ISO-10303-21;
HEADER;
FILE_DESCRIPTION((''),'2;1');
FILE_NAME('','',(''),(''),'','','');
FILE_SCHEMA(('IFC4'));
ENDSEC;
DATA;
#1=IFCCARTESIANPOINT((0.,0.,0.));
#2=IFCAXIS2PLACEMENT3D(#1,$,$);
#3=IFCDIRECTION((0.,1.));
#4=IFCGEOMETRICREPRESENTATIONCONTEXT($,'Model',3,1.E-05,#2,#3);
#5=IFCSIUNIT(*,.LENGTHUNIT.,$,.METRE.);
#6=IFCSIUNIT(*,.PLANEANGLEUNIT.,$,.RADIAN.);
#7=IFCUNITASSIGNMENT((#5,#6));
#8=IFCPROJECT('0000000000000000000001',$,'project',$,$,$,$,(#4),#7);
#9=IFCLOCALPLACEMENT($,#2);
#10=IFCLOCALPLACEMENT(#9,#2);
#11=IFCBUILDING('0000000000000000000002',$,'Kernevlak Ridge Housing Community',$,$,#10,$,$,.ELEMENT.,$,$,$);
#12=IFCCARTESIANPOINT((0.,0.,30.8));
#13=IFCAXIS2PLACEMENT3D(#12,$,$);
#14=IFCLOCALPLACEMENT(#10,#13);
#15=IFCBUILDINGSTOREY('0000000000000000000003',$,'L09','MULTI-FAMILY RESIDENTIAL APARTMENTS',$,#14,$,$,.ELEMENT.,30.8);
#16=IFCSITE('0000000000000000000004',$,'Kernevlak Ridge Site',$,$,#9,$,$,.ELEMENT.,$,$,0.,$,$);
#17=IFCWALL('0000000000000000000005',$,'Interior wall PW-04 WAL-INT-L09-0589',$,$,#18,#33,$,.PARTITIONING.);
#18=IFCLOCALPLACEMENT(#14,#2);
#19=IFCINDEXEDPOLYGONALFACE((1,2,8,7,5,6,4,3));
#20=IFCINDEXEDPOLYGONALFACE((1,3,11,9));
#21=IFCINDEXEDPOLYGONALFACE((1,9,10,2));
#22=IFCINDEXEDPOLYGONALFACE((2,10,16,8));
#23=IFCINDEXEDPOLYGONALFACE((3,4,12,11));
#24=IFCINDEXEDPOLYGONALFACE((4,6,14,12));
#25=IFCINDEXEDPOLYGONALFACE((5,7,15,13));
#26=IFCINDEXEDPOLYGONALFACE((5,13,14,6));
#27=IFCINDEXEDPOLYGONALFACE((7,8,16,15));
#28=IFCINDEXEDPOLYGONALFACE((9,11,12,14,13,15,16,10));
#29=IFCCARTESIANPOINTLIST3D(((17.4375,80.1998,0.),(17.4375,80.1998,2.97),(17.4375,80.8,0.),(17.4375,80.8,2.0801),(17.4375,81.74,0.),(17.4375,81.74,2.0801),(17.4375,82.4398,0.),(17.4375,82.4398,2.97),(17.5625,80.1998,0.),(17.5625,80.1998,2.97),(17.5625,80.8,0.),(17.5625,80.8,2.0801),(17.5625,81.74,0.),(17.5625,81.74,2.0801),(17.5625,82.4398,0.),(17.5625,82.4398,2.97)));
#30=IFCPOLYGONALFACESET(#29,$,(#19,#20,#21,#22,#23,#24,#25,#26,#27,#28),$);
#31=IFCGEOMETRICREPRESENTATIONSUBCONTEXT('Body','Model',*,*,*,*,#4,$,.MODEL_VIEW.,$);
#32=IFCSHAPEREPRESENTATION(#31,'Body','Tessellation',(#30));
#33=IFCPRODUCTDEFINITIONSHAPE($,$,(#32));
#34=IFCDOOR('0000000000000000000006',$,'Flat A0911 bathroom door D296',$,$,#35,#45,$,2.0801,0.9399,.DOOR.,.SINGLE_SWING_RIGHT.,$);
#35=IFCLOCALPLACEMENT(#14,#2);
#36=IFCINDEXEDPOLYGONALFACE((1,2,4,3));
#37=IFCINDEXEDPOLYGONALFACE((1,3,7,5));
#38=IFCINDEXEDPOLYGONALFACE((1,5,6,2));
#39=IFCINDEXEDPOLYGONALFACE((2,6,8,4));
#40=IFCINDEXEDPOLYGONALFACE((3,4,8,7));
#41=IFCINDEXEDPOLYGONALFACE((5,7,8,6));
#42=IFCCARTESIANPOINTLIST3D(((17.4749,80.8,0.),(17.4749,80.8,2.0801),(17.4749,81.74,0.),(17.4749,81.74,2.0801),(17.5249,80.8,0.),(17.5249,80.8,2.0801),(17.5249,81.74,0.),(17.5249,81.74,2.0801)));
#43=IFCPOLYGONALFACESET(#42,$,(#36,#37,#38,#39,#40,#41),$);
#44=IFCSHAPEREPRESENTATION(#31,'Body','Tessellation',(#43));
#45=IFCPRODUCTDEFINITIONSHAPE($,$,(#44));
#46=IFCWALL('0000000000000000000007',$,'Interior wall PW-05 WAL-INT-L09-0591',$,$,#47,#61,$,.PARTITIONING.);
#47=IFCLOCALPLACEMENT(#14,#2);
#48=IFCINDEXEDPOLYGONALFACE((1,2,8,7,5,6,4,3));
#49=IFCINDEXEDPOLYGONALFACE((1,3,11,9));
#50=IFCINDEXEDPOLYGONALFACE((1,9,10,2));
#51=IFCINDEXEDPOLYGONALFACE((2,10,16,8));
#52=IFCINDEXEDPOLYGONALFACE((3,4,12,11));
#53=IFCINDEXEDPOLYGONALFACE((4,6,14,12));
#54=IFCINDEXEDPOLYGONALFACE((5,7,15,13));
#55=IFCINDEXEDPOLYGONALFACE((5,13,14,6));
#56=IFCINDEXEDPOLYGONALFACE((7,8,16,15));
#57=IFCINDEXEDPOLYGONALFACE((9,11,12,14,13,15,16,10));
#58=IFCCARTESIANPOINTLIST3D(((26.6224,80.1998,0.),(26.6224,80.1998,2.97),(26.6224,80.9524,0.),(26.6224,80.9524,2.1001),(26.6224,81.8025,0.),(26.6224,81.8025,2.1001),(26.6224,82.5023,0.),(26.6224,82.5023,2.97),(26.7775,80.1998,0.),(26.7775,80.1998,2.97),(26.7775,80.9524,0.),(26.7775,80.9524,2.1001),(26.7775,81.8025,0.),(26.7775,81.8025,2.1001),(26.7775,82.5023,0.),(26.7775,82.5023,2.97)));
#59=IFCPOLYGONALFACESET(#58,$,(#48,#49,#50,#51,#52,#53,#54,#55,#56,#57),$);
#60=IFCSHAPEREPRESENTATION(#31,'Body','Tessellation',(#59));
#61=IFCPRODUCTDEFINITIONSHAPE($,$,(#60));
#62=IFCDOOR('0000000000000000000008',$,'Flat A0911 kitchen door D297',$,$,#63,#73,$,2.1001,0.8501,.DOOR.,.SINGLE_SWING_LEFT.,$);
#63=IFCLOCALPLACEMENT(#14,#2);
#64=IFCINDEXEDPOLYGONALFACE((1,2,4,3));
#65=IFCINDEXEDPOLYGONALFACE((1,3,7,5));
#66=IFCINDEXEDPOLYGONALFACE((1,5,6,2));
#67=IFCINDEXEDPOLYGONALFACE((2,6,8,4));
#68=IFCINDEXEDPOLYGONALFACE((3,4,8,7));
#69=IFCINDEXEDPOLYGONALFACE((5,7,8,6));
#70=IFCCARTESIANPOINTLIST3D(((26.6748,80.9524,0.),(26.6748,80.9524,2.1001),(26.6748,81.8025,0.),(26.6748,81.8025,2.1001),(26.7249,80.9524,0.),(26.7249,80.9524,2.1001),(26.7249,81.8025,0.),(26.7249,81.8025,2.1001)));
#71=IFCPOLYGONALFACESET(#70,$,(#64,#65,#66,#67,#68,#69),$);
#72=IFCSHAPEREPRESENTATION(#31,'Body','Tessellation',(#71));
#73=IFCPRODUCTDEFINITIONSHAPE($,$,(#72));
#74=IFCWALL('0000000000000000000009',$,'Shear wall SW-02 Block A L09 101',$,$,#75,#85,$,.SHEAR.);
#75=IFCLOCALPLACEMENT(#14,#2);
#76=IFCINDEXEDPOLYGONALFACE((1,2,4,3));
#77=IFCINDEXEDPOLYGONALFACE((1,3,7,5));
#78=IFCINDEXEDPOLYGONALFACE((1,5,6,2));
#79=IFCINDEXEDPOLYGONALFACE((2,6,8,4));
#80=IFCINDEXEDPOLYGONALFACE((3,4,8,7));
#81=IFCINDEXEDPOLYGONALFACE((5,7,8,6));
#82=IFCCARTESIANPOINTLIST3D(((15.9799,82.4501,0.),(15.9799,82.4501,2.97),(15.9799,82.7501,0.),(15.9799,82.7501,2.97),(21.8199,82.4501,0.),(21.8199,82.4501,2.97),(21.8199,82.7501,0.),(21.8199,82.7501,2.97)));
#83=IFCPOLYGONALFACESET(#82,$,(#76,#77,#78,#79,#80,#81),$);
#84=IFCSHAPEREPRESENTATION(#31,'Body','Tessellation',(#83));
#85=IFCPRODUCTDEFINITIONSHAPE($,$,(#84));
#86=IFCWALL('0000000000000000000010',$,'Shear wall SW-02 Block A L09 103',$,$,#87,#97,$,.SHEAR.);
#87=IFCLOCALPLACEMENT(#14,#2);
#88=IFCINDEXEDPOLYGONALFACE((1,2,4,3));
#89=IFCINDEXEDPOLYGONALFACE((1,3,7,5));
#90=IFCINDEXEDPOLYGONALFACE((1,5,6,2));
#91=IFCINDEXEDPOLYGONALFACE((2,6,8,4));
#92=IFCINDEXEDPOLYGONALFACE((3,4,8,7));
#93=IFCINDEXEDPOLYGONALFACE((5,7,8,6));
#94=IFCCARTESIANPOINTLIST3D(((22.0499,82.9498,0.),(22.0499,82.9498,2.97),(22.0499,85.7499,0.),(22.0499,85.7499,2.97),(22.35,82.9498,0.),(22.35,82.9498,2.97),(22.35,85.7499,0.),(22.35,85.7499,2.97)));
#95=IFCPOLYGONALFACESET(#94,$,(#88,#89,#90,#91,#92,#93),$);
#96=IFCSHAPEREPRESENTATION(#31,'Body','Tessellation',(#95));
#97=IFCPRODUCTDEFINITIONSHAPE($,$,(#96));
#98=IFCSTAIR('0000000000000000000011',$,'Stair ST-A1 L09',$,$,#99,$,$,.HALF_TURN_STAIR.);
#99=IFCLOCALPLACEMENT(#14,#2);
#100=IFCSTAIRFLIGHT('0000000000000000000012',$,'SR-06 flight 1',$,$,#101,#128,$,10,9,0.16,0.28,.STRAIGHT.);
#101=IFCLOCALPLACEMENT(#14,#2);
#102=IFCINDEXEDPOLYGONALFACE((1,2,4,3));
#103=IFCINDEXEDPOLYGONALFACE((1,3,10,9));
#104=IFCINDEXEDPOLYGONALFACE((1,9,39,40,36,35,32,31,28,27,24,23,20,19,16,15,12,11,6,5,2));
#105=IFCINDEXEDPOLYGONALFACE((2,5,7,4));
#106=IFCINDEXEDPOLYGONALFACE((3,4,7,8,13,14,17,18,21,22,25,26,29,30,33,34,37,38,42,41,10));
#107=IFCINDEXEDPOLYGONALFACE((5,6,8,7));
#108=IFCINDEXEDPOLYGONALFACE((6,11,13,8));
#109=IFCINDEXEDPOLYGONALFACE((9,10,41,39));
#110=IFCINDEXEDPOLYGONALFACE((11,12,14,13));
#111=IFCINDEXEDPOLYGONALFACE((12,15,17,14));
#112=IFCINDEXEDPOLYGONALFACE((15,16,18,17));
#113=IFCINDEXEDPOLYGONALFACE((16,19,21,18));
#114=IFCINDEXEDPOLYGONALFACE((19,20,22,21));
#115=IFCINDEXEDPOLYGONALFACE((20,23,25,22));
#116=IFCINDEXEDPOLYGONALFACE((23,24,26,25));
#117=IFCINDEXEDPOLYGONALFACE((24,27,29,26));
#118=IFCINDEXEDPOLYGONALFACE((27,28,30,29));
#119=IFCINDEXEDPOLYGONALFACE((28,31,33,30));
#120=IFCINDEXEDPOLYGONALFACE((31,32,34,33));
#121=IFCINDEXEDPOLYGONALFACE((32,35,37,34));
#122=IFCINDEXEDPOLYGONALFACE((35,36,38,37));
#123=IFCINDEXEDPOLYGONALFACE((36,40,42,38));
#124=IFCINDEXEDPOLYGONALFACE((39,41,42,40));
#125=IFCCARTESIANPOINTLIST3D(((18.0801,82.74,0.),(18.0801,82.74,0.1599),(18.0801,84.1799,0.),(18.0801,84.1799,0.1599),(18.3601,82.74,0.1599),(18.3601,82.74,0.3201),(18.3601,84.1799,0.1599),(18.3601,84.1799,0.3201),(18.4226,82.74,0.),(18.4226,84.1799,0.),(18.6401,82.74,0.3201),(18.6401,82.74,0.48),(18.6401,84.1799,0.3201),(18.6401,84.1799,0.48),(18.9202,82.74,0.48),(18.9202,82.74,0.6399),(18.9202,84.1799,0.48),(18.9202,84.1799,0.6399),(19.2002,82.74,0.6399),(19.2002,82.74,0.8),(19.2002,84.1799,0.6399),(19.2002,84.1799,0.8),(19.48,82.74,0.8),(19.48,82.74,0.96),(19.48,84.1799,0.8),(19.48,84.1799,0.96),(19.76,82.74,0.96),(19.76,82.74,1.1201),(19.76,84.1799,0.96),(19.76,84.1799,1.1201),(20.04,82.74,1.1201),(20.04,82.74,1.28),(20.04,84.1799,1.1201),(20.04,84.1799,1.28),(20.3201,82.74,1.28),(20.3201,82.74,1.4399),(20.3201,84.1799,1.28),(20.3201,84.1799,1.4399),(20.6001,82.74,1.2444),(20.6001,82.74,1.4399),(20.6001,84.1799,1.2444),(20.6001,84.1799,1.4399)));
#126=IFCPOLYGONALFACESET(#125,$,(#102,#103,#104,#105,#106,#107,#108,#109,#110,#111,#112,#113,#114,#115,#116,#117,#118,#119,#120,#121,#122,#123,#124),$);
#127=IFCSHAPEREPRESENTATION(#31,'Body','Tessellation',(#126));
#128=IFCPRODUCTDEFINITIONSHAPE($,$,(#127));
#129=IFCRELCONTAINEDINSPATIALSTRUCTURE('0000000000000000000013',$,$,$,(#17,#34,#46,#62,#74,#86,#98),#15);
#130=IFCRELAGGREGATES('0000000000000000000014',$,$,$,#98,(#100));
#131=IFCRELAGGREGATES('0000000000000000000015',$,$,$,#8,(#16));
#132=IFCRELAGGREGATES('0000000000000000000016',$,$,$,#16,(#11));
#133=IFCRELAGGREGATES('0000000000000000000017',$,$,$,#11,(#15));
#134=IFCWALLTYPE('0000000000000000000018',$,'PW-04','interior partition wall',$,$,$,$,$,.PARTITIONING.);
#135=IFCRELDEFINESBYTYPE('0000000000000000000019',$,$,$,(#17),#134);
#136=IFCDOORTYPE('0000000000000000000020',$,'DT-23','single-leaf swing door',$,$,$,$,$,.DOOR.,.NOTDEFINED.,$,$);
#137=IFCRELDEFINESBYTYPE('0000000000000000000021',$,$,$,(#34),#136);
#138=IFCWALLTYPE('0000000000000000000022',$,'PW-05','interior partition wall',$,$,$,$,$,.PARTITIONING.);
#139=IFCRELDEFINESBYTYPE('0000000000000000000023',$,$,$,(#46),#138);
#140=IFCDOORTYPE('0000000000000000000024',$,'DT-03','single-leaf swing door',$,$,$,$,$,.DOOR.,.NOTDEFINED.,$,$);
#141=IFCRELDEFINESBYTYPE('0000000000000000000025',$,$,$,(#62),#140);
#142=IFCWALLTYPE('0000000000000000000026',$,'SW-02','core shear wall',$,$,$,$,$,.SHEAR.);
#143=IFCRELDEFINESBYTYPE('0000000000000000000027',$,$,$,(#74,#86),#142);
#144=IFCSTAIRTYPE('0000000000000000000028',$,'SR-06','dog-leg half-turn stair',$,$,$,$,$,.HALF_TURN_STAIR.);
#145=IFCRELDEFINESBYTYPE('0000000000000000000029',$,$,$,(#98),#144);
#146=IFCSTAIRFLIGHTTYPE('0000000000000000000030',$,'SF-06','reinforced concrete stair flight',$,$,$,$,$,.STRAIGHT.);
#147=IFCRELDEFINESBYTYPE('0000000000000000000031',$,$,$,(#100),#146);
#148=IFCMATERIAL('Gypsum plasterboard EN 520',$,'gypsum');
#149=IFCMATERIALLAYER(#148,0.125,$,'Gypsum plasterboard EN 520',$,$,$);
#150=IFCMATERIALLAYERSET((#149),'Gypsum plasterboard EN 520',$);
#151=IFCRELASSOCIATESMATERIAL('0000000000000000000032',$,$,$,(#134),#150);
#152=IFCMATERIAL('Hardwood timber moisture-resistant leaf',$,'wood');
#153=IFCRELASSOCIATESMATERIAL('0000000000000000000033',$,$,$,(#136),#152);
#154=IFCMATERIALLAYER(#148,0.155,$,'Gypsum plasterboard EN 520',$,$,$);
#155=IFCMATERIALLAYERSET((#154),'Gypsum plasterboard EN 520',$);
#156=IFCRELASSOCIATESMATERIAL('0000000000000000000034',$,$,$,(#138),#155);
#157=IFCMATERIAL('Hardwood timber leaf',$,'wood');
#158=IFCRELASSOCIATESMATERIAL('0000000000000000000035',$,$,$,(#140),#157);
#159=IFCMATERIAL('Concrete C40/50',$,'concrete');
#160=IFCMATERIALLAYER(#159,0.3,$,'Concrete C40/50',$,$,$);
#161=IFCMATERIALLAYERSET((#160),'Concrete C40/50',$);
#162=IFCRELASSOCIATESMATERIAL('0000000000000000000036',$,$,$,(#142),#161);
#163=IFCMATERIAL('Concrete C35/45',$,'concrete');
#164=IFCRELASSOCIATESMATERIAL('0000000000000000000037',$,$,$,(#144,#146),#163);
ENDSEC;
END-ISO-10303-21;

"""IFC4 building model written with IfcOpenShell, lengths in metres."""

from ifc_helpers import new_model, si_unit, direction, frame, frame_2d, origin, place, context, subcontext, project, spatial, polyline, rectangle, outline, extrude, material, layer, layer_set, type_object, element, fill, aggregate, save


model = new_model("IFC4")

# Units and contexts
model_context = context("Model", 3, precision=1e-05, world=origin(), true_north=direction((0.0, 1.0)))
body_context = subcontext(model_context, "Body", "Model", "MODEL_VIEW")
ifc_project = project(units=[si_unit("LENGTHUNIT", "METRE"), si_unit("PLANEANGLEUNIT", "RADIAN")], contexts=[model_context])

# Site, building, storey
site_placement = place(None, origin())
site = spatial("IfcSite", under=ifc_project, at=site_placement, Name="Kernevlak Ridge Site", CompositionType="ELEMENT", RefElevation=0.0)
building_placement = place(site_placement, origin())
building = spatial("IfcBuilding", under=site, at=building_placement, Name="Kernevlak Ridge Housing Community", CompositionType="ELEMENT")
storey_placement = place(building_placement, frame((0.0, 0.0, 30.8)))
storey = spatial("IfcBuildingStorey", under=building, at=storey_placement, Name="L09", Description="MULTI-FAMILY RESIDENTIAL APARTMENTS", CompositionType="ELEMENT", Elevation=30.8)

# Shared definitions
ifc_material_1 = material(Name="Concrete C40/50", Category="concrete")

# Shared definitions
ifc_material_2 = material(Name="Concrete C35/45", Category="concrete")

# Walls, openings, doors
ifc_material_3 = material(Name="Gypsum plasterboard EN 520", Category="gypsum")
ifc_layer_1 = layer(ifc_material_3, 0.125, Name="Gypsum plasterboard EN 520")
ifc_layer_set_1 = layer_set([ifc_layer_1], Name="Gypsum plasterboard EN 520")
wall_type_1 = type_object("IfcWallType", Name="PW-04", Description="interior partition wall", PredefinedType="PARTITIONING", material=ifc_layer_set_1)
wall_1_placement = place(storey_placement, frame((17.5, 82.4399, 0.0), z_axis=(0.0, 0.0, 1.0), x_axis=(0.0, -1.0, 0.0)))
wall_1 = element("IfcWall", 1, at=wall_1_placement, inside=storey, type_object=wall_type_1, Name="Interior wall PW-04 WAL-INT-L09-0589", PredefinedType="PARTITIONING", context=body_context, shape_type="SweptSolid", body=[
    extrude(rectangle(XDim=2.24, YDim=0.125, at=frame_2d((1.1201, 0.0))), origin(), (0.0, 0.0, 1.0), 2.97),
])
opening_1_placement = place(wall_1_placement, frame((0.7, 0.0, 0.0)))
opening_1 = element("IfcOpeningElement", 2, at=opening_1_placement, cuts=wall_1, PredefinedType="OPENING", context=body_context, shape_type="SweptSolid", body=[
    extrude(rectangle(XDim=0.9399, YDim=2.0801, at=frame_2d((0.47, 1.04))), frame((0.0, 0.0725, 0.0), z_axis=(0.0, -1.0, 0.0), x_axis=(1.0, 0.0, 0.0)), (0.0, 0.0, 1.0), 0.145),
])
ifc_material_4 = material(Name="Hardwood timber moisture-resistant leaf", Category="wood")
door_type_1 = type_object("IfcDoorType", Name="DT-23", Description="single-leaf swing door", OperationType="NOTDEFINED", PredefinedType="DOOR", material=ifc_material_4)
door_1_placement = place(opening_1_placement, origin())
door_1 = element("IfcDoor", 3, at=door_1_placement, inside=storey, type_object=door_type_1, Name="Flat A0911 bathroom door D296", OperationType="SINGLE_SWING_RIGHT", OverallHeight=2.0801, OverallWidth=0.9399, PredefinedType="DOOR", context=body_context, shape_type="SweptSolid", body=[
    extrude(rectangle(XDim=0.9399, YDim=2.0801, at=frame_2d((0.47, 1.04))), frame((0.0, 0.0249, 0.0), z_axis=(0.0, -1.0, 0.0), x_axis=(1.0, 0.0, 0.0)), (0.0, 0.0, 1.0), 0.05),
])
fill(opening_1, door_1)
ifc_layer_2 = layer(ifc_material_3, 0.155, Name="Gypsum plasterboard EN 520")
ifc_layer_set_2 = layer_set([ifc_layer_2], Name="Gypsum plasterboard EN 520")
wall_type_2 = type_object("IfcWallType", Name="PW-05", Description="interior partition wall", PredefinedType="PARTITIONING", material=ifc_layer_set_2)
wall_2_placement = place(storey_placement, frame((26.7, 82.5024, 0.0), z_axis=(0.0, 0.0, 1.0), x_axis=(0.0, -1.0, 0.0)))
wall_2 = element("IfcWall", 4, at=wall_2_placement, inside=storey, type_object=wall_type_2, Name="Interior wall PW-05 WAL-INT-L09-0591", PredefinedType="PARTITIONING", context=body_context, shape_type="SweptSolid", body=[
    extrude(rectangle(XDim=2.3025, YDim=0.155, at=frame_2d((1.1514, 0.0))), origin(), (0.0, 0.0, 1.0), 2.97),
])
opening_2_placement = place(wall_2_placement, frame((0.7, 0.0, 0.0)))
opening_2 = element("IfcOpeningElement", 5, at=opening_2_placement, cuts=wall_2, PredefinedType="OPENING", context=body_context, shape_type="SweptSolid", body=[
    extrude(rectangle(XDim=0.8501, YDim=2.1001, at=frame_2d((0.425, 1.05))), frame((0.0, 0.0874, 0.0), z_axis=(0.0, -1.0, 0.0), x_axis=(1.0, 0.0, 0.0)), (0.0, 0.0, 1.0), 0.175),
])
ifc_material_5 = material(Name="Hardwood timber leaf", Category="wood")
door_type_2 = type_object("IfcDoorType", Name="DT-03", Description="single-leaf swing door", OperationType="NOTDEFINED", PredefinedType="DOOR", material=ifc_material_5)
door_2_placement = place(opening_2_placement, origin())
door_2 = element("IfcDoor", 6, at=door_2_placement, inside=storey, type_object=door_type_2, Name="Flat A0911 kitchen door D297", OperationType="SINGLE_SWING_LEFT", OverallHeight=2.1001, OverallWidth=0.8501, PredefinedType="DOOR", context=body_context, shape_type="SweptSolid", body=[
    extrude(rectangle(XDim=0.8501, YDim=2.1001, at=frame_2d((0.425, 1.05))), frame((0.0, 0.0249, 0.0), z_axis=(0.0, -1.0, 0.0), x_axis=(1.0, 0.0, 0.0)), (0.0, 0.0, 1.0), 0.05),
])
fill(opening_2, door_2)

# Walls
ifc_layer_3 = layer(ifc_material_1, 0.3, Name="Concrete C40/50")
ifc_layer_set_3 = layer_set([ifc_layer_3], Name="Concrete C40/50")
wall_type_3 = type_object("IfcWallType", Name="SW-02", Description="core shear wall", PredefinedType="SHEAR", material=ifc_layer_set_3)
wall_3_placement = place(storey_placement, frame((15.98, 82.6001, 0.0), z_axis=(0.0, 0.0, 1.0), x_axis=(1.0, 0.0, 0.0)))
element("IfcWall", 7, at=wall_3_placement, inside=storey, type_object=wall_type_3, Name="Shear wall SW-02 Block A L09 101", PredefinedType="SHEAR", context=body_context, shape_type="SweptSolid", body=[
    extrude(rectangle(XDim=5.8401, YDim=0.3, at=frame_2d((2.9199, 0.0))), origin(), (0.0, 0.0, 1.0), 2.97),
])
wall_4_placement = place(storey_placement, frame((22.2, 82.95, 0.0), z_axis=(0.0, 0.0, 1.0), x_axis=(0.0, 1.0, 0.0)))
element("IfcWall", 8, at=wall_4_placement, inside=storey, type_object=wall_type_3, Name="Shear wall SW-02 Block A L09 103", PredefinedType="SHEAR", context=body_context, shape_type="SweptSolid", body=[
    extrude(rectangle(XDim=2.8, YDim=0.3, at=frame_2d((1.3999, 0.0))), origin(), (0.0, 0.0, 1.0), 2.97),
])

# Stair, stair flight
stair_type = type_object("IfcStairType", Name="SR-06", Description="dog-leg half-turn stair", PredefinedType="HALF_TURN_STAIR", material=ifc_material_2)
stair_placement = place(storey_placement, origin())
stair = element("IfcStair", 9, at=stair_placement, inside=storey, type_object=stair_type, Name="Stair ST-A1 L09", PredefinedType="HALF_TURN_STAIR")
stair_flight_type = type_object("IfcStairFlightType", Name="SF-06", Description="reinforced concrete stair flight", PredefinedType="STRAIGHT", material=ifc_material_2)
stair_flight_placement = place(storey_placement, frame((18.0801, 83.46, 0.0), z_axis=(0.0, 0.0, 1.0), x_axis=(1.0, 0.0, 0.0)))
stair_flight = element("IfcStairFlight", 10, at=stair_flight_placement, type_object=stair_flight_type, Name="SR-06 flight 1", NumberOfRisers=10, NumberOfTreads=9, PredefinedType="STRAIGHT", RiserHeight=0.16, TreadLength=0.28, context=body_context, shape_type="SweptSolid", body=[
    extrude(outline(polyline([(0.0, 0.0), (0.0, 0.1599), (0.28, 0.1599), (0.28, 0.3201), (0.5601, 0.3201), (0.5601, 0.48), (0.8401, 0.48), (0.8401, 0.6399), (1.1201, 0.6399), (1.1201, 0.8), (1.3999, 0.8), (1.3999, 0.96), (1.6799, 0.96), (1.6799, 1.1201), (1.96, 1.1201), (1.96, 1.28), (2.24, 1.28), (2.24, 1.4399), (2.52, 1.4399), (2.52, 1.6001), (2.52, 1.2444), (0.3425, 0.0), (0.0, 0.0)])), frame((0.0, 0.72, 0.0), z_axis=(0.0, -1.0, 0.0), x_axis=(1.0, 0.0, 0.0)), (0.0, 0.0, 1.0), 1.4399),
])
aggregate(stair, [stair_flight])

save(model, "model.ifc")
